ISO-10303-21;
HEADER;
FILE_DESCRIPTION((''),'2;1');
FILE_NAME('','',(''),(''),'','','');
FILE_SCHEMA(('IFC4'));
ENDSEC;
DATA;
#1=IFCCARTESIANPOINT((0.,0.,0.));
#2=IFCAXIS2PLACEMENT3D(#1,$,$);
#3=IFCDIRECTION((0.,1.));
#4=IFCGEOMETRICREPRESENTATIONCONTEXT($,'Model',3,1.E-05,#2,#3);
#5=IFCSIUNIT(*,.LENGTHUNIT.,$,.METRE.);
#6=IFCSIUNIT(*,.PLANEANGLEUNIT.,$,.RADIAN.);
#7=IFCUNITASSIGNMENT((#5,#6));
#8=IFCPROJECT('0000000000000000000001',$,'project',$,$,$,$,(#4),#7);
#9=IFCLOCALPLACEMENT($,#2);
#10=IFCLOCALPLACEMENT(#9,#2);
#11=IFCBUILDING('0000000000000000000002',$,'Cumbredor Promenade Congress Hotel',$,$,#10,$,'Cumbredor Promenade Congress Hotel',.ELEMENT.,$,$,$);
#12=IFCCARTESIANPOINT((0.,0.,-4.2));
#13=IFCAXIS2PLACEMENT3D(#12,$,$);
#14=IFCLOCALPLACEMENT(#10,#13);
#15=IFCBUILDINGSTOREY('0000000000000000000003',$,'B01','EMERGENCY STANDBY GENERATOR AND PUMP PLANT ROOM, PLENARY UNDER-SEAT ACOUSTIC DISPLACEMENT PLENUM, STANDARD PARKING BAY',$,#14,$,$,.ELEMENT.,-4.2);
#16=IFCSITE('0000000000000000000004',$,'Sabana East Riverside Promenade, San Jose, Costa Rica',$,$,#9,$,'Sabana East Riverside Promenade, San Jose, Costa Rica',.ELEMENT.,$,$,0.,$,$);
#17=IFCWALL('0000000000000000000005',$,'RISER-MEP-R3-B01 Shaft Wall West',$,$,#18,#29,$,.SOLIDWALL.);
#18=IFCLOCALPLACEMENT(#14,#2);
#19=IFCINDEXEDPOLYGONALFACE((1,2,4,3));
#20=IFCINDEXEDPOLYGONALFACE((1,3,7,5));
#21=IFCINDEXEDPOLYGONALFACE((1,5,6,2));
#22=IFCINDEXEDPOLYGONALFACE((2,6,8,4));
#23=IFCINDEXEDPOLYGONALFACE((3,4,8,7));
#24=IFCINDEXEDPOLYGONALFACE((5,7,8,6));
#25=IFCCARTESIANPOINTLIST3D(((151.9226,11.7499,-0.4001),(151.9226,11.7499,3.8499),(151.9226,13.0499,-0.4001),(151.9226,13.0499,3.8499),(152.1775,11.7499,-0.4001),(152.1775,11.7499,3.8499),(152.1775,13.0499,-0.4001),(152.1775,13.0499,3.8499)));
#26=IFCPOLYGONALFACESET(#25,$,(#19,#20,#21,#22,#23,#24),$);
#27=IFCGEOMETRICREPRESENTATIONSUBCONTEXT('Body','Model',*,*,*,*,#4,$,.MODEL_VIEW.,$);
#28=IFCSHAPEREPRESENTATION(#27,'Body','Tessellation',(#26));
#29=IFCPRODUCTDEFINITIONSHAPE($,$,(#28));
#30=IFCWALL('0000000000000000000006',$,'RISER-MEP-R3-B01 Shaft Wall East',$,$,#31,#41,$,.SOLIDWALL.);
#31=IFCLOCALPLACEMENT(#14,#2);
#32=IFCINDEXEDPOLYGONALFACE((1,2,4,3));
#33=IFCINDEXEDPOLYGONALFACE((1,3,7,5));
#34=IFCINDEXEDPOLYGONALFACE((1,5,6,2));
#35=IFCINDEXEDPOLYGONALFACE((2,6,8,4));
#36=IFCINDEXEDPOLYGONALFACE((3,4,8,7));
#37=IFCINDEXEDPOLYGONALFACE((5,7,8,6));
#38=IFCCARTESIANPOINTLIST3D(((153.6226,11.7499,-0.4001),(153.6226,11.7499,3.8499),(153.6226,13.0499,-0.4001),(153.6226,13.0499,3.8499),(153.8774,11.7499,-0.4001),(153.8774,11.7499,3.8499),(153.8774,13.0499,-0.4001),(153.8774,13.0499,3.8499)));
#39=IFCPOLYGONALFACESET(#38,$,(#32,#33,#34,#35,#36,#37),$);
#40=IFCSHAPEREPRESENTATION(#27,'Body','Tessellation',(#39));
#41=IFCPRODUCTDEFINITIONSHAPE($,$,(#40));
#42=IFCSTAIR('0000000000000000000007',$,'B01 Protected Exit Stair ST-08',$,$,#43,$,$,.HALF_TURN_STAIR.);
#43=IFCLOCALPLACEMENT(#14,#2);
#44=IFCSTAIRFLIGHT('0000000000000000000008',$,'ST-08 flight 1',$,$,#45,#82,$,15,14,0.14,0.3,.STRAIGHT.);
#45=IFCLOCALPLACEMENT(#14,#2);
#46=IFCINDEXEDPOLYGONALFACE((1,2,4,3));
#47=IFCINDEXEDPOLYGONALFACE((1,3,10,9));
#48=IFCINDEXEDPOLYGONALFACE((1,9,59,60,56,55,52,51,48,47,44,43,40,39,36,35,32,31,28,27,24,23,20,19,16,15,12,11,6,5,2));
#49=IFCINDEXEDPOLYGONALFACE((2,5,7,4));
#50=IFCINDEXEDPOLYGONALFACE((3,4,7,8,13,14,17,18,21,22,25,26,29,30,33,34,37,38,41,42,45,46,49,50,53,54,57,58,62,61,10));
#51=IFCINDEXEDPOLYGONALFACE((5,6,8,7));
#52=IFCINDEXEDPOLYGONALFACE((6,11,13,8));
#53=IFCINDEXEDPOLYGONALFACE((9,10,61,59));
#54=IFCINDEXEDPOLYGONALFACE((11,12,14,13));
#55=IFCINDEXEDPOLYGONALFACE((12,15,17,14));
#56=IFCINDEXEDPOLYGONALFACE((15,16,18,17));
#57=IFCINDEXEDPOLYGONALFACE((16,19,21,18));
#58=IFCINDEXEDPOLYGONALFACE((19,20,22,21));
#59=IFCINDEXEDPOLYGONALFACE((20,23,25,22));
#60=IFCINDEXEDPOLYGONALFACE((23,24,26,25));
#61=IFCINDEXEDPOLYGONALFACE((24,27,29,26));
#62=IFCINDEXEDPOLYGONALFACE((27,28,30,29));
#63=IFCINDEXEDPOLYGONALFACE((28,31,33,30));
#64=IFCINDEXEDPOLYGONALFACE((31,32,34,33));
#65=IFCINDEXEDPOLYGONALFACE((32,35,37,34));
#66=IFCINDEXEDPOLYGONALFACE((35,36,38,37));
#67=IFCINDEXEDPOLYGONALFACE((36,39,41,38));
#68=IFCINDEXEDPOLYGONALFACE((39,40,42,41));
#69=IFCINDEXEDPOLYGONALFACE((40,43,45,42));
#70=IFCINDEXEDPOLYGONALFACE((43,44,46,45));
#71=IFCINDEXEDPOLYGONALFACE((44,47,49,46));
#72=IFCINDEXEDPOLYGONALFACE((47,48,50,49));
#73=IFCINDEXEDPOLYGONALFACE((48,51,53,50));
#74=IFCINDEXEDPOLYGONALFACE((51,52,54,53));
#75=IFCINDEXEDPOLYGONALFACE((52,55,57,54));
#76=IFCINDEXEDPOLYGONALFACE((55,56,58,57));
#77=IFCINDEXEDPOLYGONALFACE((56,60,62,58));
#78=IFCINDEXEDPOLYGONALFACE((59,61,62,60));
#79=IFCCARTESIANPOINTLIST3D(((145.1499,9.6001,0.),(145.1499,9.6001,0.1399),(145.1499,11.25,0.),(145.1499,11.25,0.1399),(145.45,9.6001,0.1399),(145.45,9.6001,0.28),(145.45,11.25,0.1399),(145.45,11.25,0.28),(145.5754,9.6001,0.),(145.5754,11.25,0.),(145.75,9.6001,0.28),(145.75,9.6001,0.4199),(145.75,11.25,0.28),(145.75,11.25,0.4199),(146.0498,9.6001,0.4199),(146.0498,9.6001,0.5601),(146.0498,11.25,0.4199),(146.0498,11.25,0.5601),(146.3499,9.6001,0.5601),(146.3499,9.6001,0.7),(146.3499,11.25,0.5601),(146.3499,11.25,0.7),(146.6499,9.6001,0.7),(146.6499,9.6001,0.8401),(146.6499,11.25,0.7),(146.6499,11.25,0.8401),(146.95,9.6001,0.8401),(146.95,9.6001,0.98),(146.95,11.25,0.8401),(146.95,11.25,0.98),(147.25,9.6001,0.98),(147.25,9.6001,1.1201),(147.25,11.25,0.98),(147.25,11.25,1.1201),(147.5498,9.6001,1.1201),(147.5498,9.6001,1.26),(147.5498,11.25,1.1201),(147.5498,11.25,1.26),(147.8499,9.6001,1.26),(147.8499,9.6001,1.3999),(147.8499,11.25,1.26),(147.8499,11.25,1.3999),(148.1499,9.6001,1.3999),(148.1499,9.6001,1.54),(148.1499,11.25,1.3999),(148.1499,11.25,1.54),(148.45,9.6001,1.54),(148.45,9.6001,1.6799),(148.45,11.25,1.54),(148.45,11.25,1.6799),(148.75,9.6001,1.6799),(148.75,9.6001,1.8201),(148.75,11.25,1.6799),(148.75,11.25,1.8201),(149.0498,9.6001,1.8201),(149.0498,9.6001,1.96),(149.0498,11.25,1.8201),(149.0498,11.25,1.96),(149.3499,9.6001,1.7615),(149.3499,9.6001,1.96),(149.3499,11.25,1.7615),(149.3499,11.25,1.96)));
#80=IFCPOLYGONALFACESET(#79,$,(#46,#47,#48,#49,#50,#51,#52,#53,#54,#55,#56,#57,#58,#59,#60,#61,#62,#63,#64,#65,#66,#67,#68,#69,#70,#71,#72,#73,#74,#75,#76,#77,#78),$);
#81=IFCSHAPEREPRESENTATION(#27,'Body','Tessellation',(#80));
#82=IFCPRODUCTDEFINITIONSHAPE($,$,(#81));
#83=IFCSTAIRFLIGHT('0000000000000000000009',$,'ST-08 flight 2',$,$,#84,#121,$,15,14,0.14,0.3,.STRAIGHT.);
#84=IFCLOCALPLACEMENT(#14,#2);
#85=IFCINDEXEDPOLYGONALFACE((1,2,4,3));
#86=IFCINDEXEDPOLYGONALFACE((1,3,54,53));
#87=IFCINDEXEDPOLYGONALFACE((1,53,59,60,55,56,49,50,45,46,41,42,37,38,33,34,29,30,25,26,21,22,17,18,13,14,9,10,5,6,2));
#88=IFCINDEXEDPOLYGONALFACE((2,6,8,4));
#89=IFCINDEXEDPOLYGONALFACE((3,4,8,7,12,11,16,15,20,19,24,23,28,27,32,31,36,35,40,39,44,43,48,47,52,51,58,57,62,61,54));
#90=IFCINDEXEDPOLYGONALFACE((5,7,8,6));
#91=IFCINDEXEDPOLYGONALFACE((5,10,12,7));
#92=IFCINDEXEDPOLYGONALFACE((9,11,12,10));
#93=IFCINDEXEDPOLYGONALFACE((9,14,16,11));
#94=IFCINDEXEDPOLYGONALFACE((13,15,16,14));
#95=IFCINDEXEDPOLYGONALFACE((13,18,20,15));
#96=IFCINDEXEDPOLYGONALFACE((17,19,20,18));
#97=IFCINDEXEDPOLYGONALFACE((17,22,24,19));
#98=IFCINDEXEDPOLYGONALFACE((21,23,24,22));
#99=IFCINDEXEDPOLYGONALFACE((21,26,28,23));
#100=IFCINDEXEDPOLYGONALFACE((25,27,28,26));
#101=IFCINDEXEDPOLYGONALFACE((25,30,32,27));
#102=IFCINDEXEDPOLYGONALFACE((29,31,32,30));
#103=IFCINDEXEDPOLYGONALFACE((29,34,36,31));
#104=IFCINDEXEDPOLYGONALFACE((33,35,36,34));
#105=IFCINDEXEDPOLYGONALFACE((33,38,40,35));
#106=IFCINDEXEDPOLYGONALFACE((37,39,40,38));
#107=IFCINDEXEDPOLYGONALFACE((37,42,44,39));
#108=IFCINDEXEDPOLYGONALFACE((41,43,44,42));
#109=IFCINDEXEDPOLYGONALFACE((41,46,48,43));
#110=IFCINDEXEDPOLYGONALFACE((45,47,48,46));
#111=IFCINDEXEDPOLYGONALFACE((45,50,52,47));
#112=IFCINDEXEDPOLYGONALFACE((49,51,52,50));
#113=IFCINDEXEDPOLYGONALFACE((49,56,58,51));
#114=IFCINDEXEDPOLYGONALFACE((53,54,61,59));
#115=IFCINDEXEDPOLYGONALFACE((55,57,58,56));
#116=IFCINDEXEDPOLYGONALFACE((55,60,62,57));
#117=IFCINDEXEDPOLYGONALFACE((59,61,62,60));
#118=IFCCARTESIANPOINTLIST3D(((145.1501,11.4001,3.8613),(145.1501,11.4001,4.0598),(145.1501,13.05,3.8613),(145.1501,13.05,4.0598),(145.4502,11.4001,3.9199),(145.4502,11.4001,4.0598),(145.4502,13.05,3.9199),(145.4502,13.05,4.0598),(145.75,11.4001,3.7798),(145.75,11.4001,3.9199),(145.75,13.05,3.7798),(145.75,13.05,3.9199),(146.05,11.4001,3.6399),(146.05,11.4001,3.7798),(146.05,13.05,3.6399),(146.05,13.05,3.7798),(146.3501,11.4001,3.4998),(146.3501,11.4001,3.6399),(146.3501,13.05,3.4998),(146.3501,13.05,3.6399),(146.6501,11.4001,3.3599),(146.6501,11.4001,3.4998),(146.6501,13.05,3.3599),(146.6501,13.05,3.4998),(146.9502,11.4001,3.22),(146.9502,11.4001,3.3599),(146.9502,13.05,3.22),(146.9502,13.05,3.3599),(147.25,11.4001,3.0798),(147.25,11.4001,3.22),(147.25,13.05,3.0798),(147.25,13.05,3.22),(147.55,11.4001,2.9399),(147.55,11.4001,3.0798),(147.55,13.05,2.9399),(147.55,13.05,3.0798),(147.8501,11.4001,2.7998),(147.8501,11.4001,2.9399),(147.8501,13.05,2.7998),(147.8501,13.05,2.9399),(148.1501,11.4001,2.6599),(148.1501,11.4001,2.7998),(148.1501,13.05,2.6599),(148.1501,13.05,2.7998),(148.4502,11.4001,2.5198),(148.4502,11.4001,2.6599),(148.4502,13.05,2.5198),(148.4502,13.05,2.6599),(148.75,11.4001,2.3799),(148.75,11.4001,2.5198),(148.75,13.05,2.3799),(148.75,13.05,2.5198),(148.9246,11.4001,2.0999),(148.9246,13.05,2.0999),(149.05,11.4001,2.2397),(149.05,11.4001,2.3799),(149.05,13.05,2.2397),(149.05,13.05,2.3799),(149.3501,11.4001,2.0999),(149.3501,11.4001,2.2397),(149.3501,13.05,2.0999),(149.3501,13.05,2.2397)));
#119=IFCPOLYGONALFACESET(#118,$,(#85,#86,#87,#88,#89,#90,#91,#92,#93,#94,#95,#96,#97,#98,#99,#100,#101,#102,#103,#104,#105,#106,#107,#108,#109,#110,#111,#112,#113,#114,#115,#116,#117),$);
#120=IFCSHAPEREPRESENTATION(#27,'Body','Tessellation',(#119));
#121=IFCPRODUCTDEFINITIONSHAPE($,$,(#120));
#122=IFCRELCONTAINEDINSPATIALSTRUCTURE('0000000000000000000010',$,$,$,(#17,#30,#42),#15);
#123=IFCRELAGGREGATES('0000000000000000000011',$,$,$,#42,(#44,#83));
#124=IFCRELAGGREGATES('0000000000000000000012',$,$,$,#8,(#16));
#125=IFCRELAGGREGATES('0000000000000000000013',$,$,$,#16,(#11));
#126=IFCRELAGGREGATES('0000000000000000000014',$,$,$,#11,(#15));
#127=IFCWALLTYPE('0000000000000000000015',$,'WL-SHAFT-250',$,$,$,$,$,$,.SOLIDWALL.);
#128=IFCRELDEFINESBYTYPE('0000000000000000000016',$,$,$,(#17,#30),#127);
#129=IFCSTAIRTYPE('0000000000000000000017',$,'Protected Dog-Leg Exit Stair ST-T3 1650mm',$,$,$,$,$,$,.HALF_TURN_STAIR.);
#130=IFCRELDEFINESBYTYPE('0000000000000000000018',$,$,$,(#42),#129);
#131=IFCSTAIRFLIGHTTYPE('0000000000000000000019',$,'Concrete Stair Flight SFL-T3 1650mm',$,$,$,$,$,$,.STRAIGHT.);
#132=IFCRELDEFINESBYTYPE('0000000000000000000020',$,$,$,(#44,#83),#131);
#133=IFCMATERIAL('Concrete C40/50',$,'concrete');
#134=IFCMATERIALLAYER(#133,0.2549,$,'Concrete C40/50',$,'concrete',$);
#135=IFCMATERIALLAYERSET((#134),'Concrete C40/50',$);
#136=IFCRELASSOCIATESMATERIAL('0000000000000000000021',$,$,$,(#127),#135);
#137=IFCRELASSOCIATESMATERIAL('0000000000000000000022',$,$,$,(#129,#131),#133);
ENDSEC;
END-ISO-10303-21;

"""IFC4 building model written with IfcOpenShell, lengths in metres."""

from ifc_helpers import new_model, si_unit, direction, frame, frame_2d, origin, place, context, subcontext, project, spatial, polyline, rectangle, outline, extrude, material, layer, layer_set, type_object, element, aggregate, save


model = new_model("IFC4")

# Units and contexts
model_context = context("Model", 3, precision=1e-05, world=origin(), true_north=direction((0.0, 1.0)))
body_context = subcontext(model_context, "Body", "Model", "MODEL_VIEW")
ifc_project = project(units=[si_unit("LENGTHUNIT", "METRE"), si_unit("PLANEANGLEUNIT", "RADIAN")], contexts=[model_context])

# Site, building, storey
site_placement = place(None, origin())
site = spatial("IfcSite", under=ifc_project, at=site_placement, Name="Sabana East Riverside Promenade, San Jose, Costa Rica", LongName="Sabana East Riverside Promenade, San Jose, Costa Rica", CompositionType="ELEMENT", RefElevation=0.0)
building_placement = place(site_placement, origin())
building = spatial("IfcBuilding", under=site, at=building_placement, Name="Cumbredor Promenade Congress Hotel", LongName="Cumbredor Promenade Congress Hotel", CompositionType="ELEMENT")
storey_placement = place(building_placement, frame((0.0, 0.0, -4.2)))
storey = spatial("IfcBuildingStorey", under=building, at=storey_placement, Name="B01", Description="EMERGENCY STANDBY GENERATOR AND PUMP PLANT ROOM, PLENARY UNDER-SEAT ACOUSTIC DISPLACEMENT PLENUM, STANDARD PARKING BAY", CompositionType="ELEMENT", Elevation=-4.2)

# Shared definitions
ifc_material_1 = material(Name="Concrete C40/50", Category="concrete")

# Shared definitions
ifc_layer = layer(ifc_material_1, 0.2549, Name="Concrete C40/50", Category="concrete")
ifc_layer_set = layer_set([ifc_layer], Name="Concrete C40/50")
wall_type = type_object("IfcWallType", Name="WL-SHAFT-250", PredefinedType="SOLIDWALL", material=ifc_layer_set)

# Walls
for number, where, z_axis, x_axis, name in (
    (1, (152.05, 11.75, -0.4001), (0.0, 0.0, 1.0), (0.0, 1.0, 0.0), "RISER-MEP-R3-B01 Shaft Wall West"),
    (2, (153.75, 11.75, -0.4001), (0.0, 0.0, 1.0), (0.0, 1.0, 0.0), "RISER-MEP-R3-B01 Shaft Wall East"),
):
    element("IfcWall", number, at=place(storey_placement, frame(where, z_axis=z_axis, x_axis=x_axis)), inside=storey, type_object=wall_type, Name=name, PredefinedType="SOLIDWALL", context=body_context, shape_type="SweptSolid", body=[
        extrude(rectangle(XDim=1.3, YDim=0.2549, at=frame_2d((0.6499, 0.0))), origin(), (0.0, 0.0, 1.0), 4.25),
    ])

# Stair, stair flights
stair_type = type_object("IfcStairType", Name="Protected Dog-Leg Exit Stair ST-T3 1650mm", PredefinedType="HALF_TURN_STAIR", material=ifc_material_1)
stair_placement = place(storey_placement, origin())
stair = element("IfcStair", 3, at=stair_placement, inside=storey, type_object=stair_type, Name="B01 Protected Exit Stair ST-08", PredefinedType="HALF_TURN_STAIR")
stair_flight_type = type_object("IfcStairFlightType", Name="Concrete Stair Flight SFL-T3 1650mm", PredefinedType="STRAIGHT", material=ifc_material_1)
stair_flight_1_placement = place(storey_placement, frame((145.1499, 10.425, 0.0), z_axis=(0.0, 0.0, 1.0), x_axis=(1.0, 0.0, 0.0)))
stair_flight_1 = element("IfcStairFlight", 4, at=stair_flight_1_placement, type_object=stair_flight_type, Name="ST-08 flight 1", NumberOfRisers=15, NumberOfTreads=14, PredefinedType="STRAIGHT", RiserHeight=0.14, TreadLength=0.3, context=body_context, shape_type="SweptSolid", body=[
    extrude(outline(polyline([(0.0, 0.0), (0.0, 0.1399), (0.3, 0.1399), (0.3, 0.28), (0.6001, 0.28), (0.6001, 0.4199), (0.8999, 0.4199), (0.8999, 0.5601), (1.2, 0.5601), (1.2, 0.7), (1.5, 0.7), (1.5, 0.8401), (1.8, 0.8401), (1.8, 0.98), (2.1001, 0.98), (2.1001, 1.1201), (2.3999, 1.1201), (2.3999, 1.26), (2.7, 1.26), (2.7, 1.3999), (3.0, 1.3999), (3.0, 1.54), (3.3, 1.54), (3.3, 1.6799), (3.6001, 1.6799), (3.6001, 1.8201), (3.8999, 1.8201), (3.8999, 1.96), (4.2, 1.96), (4.2, 2.1001), (4.2, 1.7615), (0.4255, 0.0), (0.0, 0.0)])), frame((0.0, 0.825, 0.0), z_axis=(0.0, -1.0, 0.0), x_axis=(1.0, 0.0, 0.0)), (0.0, 0.0, 1.0), 1.6499),
])
stair_flight_2_placement = place(storey_placement, frame((149.3501, 12.2251, 2.0999), z_axis=(0.0, 0.0, 1.0), x_axis=(-1.0, 0.0, 0.0)))
stair_flight_2 = element("IfcStairFlight", 5, at=stair_flight_2_placement, type_object=stair_flight_type, Name="ST-08 flight 2", NumberOfRisers=15, NumberOfTreads=14, PredefinedType="STRAIGHT", RiserHeight=0.14, TreadLength=0.3, context=body_context, shape_type="SweptSolid", body=[
    extrude(outline(polyline([(0.0, 0.0), (0.0, 0.1399), (0.3, 0.1399), (0.3, 0.28), (0.6001, 0.28), (0.6001, 0.4199), (0.8999, 0.4199), (0.8999, 0.5601), (1.2, 0.5601), (1.2, 0.7), (1.5, 0.7), (1.5, 0.8401), (1.8, 0.8401), (1.8, 0.98), (2.1001, 0.98), (2.1001, 1.1201), (2.3999, 1.1201), (2.3999, 1.26), (2.7, 1.26), (2.7, 1.3999), (3.0, 1.3999), (3.0, 1.54), (3.3, 1.54), (3.3, 1.6799), (3.6001, 1.6799), (3.6001, 1.8201), (3.8999, 1.8201), (3.8999, 1.96), (4.2, 1.96), (4.2, 2.1001), (4.2, 1.7615), (0.4255, 0.0), (0.0, 0.0)])), frame((0.0, 0.825, 0.0), z_axis=(0.0, -1.0, 0.0), x_axis=(1.0, 0.0, 0.0)), (0.0, 0.0, 1.0), 1.6499),
])
aggregate(stair, [stair_flight_1, stair_flight_2])

save(model, "model.ifc")
